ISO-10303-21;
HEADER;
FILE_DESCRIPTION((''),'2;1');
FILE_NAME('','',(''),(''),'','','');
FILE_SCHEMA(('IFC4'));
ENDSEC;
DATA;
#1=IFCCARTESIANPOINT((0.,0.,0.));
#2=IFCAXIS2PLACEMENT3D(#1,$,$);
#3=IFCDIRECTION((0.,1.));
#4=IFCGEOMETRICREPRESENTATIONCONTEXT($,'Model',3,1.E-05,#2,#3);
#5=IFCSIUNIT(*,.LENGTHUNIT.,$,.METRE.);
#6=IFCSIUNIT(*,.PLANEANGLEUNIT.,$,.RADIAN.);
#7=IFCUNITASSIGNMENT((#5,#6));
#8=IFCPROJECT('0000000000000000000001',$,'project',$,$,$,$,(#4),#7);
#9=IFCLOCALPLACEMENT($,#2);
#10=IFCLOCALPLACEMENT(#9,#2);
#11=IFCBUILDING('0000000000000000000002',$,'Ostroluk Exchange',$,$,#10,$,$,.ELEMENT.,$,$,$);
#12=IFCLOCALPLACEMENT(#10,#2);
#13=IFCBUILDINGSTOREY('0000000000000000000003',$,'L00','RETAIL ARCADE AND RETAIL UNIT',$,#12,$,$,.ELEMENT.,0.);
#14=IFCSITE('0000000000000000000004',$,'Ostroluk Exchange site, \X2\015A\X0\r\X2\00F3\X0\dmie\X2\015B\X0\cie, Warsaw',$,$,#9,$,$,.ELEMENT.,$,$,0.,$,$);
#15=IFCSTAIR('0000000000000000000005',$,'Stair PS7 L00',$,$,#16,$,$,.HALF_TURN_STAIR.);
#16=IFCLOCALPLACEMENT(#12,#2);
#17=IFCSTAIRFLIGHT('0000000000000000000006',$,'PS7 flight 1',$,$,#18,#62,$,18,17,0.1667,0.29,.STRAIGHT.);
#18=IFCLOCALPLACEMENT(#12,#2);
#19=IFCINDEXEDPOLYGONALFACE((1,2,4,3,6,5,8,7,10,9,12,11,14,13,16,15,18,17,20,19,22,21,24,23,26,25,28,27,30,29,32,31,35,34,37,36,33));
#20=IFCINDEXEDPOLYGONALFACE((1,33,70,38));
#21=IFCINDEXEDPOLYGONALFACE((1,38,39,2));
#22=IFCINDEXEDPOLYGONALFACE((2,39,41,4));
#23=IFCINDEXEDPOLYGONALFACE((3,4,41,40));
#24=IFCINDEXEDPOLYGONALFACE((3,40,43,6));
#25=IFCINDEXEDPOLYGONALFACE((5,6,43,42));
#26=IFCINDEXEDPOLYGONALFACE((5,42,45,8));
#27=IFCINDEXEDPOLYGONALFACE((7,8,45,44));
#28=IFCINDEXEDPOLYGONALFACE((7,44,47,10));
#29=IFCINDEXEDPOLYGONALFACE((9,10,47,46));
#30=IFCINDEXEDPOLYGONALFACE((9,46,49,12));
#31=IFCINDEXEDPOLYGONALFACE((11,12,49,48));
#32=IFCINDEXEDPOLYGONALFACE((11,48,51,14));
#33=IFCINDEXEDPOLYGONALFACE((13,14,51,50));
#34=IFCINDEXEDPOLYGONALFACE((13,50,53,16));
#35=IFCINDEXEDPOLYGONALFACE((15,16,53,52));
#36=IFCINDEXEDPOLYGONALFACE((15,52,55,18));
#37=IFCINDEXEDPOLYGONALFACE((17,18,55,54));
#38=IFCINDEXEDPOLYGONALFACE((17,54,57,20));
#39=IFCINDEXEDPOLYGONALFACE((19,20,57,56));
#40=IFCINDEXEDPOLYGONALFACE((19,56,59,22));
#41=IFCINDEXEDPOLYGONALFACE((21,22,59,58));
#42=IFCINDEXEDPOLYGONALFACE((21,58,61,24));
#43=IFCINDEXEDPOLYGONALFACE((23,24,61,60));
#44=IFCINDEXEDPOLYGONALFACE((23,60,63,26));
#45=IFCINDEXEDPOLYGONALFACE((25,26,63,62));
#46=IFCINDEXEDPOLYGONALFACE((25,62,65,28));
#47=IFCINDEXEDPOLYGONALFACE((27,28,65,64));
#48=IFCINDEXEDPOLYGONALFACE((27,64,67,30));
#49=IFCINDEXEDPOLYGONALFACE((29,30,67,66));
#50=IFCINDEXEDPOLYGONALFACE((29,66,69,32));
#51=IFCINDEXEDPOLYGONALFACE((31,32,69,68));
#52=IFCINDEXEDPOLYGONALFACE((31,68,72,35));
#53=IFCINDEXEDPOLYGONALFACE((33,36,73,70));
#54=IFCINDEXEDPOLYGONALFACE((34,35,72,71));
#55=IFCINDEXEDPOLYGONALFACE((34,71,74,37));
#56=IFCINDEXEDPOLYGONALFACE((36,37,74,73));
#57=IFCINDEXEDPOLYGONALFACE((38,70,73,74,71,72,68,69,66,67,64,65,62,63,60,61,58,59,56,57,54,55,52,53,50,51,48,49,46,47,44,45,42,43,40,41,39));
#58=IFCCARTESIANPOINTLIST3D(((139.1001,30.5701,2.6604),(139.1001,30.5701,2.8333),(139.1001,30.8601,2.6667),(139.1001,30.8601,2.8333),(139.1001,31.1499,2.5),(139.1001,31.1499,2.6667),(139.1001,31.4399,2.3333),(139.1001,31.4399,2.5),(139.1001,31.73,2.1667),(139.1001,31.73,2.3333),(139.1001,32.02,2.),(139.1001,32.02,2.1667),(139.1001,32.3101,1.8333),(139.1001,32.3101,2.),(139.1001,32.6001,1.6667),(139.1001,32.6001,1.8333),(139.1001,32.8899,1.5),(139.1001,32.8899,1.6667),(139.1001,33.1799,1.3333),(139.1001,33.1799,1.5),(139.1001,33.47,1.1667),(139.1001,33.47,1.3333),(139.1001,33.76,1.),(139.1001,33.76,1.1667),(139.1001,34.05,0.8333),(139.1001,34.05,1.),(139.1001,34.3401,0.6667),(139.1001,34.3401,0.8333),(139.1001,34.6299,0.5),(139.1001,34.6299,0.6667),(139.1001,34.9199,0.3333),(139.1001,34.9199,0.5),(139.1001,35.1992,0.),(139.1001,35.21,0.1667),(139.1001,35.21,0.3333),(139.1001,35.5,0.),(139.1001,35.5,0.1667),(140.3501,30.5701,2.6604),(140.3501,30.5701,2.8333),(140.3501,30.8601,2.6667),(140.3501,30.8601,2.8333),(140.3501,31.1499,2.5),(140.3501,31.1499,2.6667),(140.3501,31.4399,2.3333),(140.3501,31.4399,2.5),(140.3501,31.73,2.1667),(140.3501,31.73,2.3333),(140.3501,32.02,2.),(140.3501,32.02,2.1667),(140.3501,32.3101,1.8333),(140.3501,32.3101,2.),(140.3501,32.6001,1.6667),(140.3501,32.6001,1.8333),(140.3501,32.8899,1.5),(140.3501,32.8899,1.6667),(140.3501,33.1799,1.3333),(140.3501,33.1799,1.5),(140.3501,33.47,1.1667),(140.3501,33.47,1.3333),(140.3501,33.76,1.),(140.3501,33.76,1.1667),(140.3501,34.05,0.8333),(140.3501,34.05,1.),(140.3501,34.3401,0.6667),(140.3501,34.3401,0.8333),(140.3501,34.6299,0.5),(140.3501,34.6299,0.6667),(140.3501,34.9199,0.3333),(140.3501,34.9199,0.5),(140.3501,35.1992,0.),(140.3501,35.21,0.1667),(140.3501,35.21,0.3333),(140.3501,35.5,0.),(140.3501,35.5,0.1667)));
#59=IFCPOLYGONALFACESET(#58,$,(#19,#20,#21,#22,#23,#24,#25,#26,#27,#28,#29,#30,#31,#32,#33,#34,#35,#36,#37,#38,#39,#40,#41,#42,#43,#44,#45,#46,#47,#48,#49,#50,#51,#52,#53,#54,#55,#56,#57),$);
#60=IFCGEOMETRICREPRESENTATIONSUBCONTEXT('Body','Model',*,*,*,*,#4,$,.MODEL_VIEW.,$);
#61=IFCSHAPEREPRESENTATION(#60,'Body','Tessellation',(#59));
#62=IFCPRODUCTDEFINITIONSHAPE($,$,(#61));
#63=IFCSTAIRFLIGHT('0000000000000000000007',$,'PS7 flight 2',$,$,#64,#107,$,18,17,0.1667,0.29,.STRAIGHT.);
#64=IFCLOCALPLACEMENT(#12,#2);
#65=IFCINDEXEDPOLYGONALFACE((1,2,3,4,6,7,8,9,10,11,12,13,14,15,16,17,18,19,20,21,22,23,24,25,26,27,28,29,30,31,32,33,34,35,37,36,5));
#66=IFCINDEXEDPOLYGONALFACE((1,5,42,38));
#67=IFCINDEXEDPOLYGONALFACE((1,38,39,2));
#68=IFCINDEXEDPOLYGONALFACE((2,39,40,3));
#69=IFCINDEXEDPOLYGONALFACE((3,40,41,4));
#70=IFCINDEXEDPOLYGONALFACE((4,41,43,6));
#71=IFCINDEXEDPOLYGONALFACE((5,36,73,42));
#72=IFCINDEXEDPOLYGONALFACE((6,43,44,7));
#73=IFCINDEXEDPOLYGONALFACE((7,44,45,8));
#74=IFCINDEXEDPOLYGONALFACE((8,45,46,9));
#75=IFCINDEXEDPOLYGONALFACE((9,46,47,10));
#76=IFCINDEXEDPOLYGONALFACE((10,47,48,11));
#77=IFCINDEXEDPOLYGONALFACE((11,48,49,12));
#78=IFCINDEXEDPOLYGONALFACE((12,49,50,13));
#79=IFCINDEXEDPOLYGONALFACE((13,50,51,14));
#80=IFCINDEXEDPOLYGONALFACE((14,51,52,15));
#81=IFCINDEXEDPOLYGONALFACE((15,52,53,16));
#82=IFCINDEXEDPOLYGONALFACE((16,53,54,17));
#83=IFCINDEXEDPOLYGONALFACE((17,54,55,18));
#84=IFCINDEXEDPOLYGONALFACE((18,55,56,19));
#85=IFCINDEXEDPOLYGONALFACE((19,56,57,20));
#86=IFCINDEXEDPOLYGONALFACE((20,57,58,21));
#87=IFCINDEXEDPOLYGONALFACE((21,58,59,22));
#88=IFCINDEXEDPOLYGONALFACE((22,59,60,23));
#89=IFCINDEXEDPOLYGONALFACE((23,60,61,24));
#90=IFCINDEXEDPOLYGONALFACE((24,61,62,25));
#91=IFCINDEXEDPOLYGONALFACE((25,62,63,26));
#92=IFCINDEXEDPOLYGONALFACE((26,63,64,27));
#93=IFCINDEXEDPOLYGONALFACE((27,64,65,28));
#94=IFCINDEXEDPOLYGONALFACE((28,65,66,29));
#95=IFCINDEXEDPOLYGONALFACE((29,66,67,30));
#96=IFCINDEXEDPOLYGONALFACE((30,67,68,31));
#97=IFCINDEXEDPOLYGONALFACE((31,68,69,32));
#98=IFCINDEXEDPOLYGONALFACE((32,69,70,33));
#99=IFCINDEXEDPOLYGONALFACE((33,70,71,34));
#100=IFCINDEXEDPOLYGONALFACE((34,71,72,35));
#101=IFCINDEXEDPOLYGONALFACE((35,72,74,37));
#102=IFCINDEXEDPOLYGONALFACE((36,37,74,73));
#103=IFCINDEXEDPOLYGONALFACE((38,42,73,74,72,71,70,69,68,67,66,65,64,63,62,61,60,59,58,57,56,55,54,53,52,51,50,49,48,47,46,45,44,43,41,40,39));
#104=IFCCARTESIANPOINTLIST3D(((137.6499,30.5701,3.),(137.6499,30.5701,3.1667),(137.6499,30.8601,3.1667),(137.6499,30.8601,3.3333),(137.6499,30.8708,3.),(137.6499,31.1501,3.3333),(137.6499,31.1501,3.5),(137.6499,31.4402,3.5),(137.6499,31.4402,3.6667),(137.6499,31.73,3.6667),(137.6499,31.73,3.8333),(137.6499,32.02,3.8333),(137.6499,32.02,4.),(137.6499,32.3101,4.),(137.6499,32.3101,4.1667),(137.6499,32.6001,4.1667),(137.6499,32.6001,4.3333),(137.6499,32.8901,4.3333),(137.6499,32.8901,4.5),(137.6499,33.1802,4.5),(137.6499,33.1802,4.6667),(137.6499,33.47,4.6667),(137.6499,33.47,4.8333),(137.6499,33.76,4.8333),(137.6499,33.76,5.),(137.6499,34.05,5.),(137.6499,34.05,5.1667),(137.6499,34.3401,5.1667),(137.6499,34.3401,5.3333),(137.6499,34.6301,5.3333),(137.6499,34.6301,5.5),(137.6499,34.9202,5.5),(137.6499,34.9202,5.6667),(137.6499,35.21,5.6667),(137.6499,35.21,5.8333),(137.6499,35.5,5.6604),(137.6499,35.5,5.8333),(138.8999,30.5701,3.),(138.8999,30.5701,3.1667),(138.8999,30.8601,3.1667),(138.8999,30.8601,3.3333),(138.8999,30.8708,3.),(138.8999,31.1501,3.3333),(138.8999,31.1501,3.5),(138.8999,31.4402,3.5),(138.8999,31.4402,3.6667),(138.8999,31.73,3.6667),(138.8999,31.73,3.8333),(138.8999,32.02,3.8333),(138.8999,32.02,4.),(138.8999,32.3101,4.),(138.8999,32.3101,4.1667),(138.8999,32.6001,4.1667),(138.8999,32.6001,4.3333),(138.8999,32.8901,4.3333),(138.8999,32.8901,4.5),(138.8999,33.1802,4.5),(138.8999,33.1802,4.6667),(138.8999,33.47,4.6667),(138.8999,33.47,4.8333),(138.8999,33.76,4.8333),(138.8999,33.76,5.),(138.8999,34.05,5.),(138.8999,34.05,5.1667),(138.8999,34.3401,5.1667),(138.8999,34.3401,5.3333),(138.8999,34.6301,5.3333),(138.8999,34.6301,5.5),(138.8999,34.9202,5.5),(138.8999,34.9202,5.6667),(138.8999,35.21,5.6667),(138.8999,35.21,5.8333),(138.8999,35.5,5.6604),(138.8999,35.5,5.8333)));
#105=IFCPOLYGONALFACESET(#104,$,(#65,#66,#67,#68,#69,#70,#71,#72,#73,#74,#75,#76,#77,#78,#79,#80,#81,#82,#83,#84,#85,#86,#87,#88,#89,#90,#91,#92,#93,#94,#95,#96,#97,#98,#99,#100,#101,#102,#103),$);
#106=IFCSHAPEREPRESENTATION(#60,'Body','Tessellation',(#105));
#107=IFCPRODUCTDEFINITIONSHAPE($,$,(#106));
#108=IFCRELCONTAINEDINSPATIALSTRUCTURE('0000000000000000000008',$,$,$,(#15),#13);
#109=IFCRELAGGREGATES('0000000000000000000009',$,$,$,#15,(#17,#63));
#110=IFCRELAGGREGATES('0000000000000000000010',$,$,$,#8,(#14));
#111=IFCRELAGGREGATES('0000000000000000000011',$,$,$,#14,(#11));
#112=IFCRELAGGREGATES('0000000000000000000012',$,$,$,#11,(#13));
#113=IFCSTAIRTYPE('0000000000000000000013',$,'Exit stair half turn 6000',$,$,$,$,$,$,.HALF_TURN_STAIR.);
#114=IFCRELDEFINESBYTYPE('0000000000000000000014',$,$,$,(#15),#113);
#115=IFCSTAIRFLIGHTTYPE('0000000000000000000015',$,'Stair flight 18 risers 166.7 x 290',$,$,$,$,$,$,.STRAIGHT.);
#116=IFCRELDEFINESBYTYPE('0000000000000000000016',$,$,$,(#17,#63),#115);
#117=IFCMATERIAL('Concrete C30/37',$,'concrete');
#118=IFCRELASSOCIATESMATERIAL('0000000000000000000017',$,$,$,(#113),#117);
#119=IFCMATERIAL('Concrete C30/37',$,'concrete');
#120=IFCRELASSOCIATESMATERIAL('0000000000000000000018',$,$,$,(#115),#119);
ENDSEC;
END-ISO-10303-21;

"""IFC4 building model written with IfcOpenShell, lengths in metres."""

from ifc_helpers import new_model, si_unit, direction, frame, origin, place, context, subcontext, project, spatial, polyline, outline, extrude, material, type_object, element, aggregate, save


model = new_model("IFC4")

# Units and contexts
model_context = context("Model", 3, precision=1e-05, world=origin(), true_north=direction((0.0, 1.0)))
body_context = subcontext(model_context, "Body", "Model", "MODEL_VIEW")
ifc_project = project(units=[si_unit("LENGTHUNIT", "METRE"), si_unit("PLANEANGLEUNIT", "RADIAN")], contexts=[model_context])

# Site, building, storey
site_placement = place(None, origin())
site = spatial("IfcSite", under=ifc_project, at=site_placement, Name="Ostroluk Exchange site, Śródmieście, Warsaw", CompositionType="ELEMENT", RefElevation=0.0)
building_placement = place(site_placement, origin())
building = spatial("IfcBuilding", under=site, at=building_placement, Name="Ostroluk Exchange", CompositionType="ELEMENT")
storey_placement = place(building_placement, origin())
storey = spatial("IfcBuildingStorey", under=building, at=storey_placement, Name="L00", Description="RETAIL ARCADE AND RETAIL UNIT", CompositionType="ELEMENT", Elevation=0.0)

# Stair, stair flights
ifc_material_1 = material(Name="Concrete C30/37", Category="concrete")
stair_type = type_object("IfcStairType", Name="Exit stair half turn 6000", PredefinedType="HALF_TURN_STAIR", material=ifc_material_1)
stair_placement = place(storey_placement, origin())
stair = element("IfcStair", 1, at=stair_placement, inside=storey, type_object=stair_type, Name="Stair PS7 L00", PredefinedType="HALF_TURN_STAIR")
ifc_material_2 = material(Name="Concrete C30/37", Category="concrete")
stair_flight_type = type_object("IfcStairFlightType", Name="Stair flight 18 risers 166.7 x 290", PredefinedType="STRAIGHT", material=ifc_material_2)
stair_flight_1_placement = place(storey_placement, frame((139.7251, 35.5, 0.0), z_axis=(0.0, 0.0, 1.0), x_axis=(0.0, -1.0, 0.0)))
stair_flight_1 = element("IfcStairFlight", 2, at=stair_flight_1_placement, type_object=stair_flight_type, Name="PS7 flight 1", NumberOfRisers=18, NumberOfTreads=17, PredefinedType="STRAIGHT", RiserHeight=0.1667, TreadLength=0.29, context=body_context, shape_type="SweptSolid", body=[
    extrude(outline(polyline([(0.0, 0.0), (0.0, 0.1667), (0.29, 0.1667), (0.29, 0.3333), (0.5801, 0.3333), (0.5801, 0.5), (0.8701, 0.5), (0.8701, 0.6667), (1.1599, 0.6667), (1.1599, 0.8333), (1.45, 0.8333), (1.45, 1.0), (1.74, 1.0), (1.74, 1.1667), (2.03, 1.1667), (2.03, 1.3333), (2.3201, 1.3333), (2.3201, 1.5), (2.6101, 1.5), (2.6101, 1.6667), (2.8999, 1.6667), (2.8999, 1.8333), (3.1899, 1.8333), (3.1899, 2.0), (3.48, 2.0), (3.48, 2.1667), (3.77, 2.1667), (3.77, 2.3333), (4.0601, 2.3333), (4.0601, 2.5), (4.3501, 2.5), (4.3501, 2.6667), (4.6399, 2.6667), (4.6399, 2.8333), (4.9299, 2.8333), (4.9299, 3.0), (4.9299, 2.6604), (0.3008, 0.0), (0.0, 0.0)])), frame((0.0, 0.625, 0.0), z_axis=(0.0, -1.0, 0.0), x_axis=(1.0, 0.0, 0.0)), (0.0, 0.0, 1.0), 1.25),
])
stair_flight_2_placement = place(storey_placement, frame((138.2749, 30.5701, 3.0), z_axis=(0.0, 0.0, 1.0), x_axis=(0.0, 1.0, 0.0)))
stair_flight_2 = element("IfcStairFlight", 3, at=stair_flight_2_placement, type_object=stair_flight_type, Name="PS7 flight 2", NumberOfRisers=18, NumberOfTreads=17, PredefinedType="STRAIGHT", RiserHeight=0.1667, TreadLength=0.29, context=body_context, shape_type="SweptSolid", body=[
    extrude(outline(polyline([(0.0, 0.0), (0.0, 0.1667), (0.29, 0.1667), (0.29, 0.3333), (0.5801, 0.3333), (0.5801, 0.5), (0.8701, 0.5), (0.8701, 0.6667), (1.1599, 0.6667), (1.1599, 0.8333), (1.45, 0.8333), (1.45, 1.0), (1.74, 1.0), (1.74, 1.1667), (2.03, 1.1667), (2.03, 1.3333), (2.3201, 1.3333), (2.3201, 1.5), (2.6101, 1.5), (2.6101, 1.6667), (2.8999, 1.6667), (2.8999, 1.8333), (3.1899, 1.8333), (3.1899, 2.0), (3.48, 2.0), (3.48, 2.1667), (3.77, 2.1667), (3.77, 2.3333), (4.0601, 2.3333), (4.0601, 2.5), (4.3501, 2.5), (4.3501, 2.6667), (4.6399, 2.6667), (4.6399, 2.8333), (4.9299, 2.8333), (4.9299, 3.0), (4.9299, 2.6604), (0.3008, 0.0), (0.0, 0.0)])), frame((0.0, 0.625, 0.0), z_axis=(0.0, -1.0, 0.0), x_axis=(1.0, 0.0, 0.0)), (0.0, 0.0, 1.0), 1.25),
])
aggregate(stair, [stair_flight_1, stair_flight_2])

save(model, "model.ifc")
